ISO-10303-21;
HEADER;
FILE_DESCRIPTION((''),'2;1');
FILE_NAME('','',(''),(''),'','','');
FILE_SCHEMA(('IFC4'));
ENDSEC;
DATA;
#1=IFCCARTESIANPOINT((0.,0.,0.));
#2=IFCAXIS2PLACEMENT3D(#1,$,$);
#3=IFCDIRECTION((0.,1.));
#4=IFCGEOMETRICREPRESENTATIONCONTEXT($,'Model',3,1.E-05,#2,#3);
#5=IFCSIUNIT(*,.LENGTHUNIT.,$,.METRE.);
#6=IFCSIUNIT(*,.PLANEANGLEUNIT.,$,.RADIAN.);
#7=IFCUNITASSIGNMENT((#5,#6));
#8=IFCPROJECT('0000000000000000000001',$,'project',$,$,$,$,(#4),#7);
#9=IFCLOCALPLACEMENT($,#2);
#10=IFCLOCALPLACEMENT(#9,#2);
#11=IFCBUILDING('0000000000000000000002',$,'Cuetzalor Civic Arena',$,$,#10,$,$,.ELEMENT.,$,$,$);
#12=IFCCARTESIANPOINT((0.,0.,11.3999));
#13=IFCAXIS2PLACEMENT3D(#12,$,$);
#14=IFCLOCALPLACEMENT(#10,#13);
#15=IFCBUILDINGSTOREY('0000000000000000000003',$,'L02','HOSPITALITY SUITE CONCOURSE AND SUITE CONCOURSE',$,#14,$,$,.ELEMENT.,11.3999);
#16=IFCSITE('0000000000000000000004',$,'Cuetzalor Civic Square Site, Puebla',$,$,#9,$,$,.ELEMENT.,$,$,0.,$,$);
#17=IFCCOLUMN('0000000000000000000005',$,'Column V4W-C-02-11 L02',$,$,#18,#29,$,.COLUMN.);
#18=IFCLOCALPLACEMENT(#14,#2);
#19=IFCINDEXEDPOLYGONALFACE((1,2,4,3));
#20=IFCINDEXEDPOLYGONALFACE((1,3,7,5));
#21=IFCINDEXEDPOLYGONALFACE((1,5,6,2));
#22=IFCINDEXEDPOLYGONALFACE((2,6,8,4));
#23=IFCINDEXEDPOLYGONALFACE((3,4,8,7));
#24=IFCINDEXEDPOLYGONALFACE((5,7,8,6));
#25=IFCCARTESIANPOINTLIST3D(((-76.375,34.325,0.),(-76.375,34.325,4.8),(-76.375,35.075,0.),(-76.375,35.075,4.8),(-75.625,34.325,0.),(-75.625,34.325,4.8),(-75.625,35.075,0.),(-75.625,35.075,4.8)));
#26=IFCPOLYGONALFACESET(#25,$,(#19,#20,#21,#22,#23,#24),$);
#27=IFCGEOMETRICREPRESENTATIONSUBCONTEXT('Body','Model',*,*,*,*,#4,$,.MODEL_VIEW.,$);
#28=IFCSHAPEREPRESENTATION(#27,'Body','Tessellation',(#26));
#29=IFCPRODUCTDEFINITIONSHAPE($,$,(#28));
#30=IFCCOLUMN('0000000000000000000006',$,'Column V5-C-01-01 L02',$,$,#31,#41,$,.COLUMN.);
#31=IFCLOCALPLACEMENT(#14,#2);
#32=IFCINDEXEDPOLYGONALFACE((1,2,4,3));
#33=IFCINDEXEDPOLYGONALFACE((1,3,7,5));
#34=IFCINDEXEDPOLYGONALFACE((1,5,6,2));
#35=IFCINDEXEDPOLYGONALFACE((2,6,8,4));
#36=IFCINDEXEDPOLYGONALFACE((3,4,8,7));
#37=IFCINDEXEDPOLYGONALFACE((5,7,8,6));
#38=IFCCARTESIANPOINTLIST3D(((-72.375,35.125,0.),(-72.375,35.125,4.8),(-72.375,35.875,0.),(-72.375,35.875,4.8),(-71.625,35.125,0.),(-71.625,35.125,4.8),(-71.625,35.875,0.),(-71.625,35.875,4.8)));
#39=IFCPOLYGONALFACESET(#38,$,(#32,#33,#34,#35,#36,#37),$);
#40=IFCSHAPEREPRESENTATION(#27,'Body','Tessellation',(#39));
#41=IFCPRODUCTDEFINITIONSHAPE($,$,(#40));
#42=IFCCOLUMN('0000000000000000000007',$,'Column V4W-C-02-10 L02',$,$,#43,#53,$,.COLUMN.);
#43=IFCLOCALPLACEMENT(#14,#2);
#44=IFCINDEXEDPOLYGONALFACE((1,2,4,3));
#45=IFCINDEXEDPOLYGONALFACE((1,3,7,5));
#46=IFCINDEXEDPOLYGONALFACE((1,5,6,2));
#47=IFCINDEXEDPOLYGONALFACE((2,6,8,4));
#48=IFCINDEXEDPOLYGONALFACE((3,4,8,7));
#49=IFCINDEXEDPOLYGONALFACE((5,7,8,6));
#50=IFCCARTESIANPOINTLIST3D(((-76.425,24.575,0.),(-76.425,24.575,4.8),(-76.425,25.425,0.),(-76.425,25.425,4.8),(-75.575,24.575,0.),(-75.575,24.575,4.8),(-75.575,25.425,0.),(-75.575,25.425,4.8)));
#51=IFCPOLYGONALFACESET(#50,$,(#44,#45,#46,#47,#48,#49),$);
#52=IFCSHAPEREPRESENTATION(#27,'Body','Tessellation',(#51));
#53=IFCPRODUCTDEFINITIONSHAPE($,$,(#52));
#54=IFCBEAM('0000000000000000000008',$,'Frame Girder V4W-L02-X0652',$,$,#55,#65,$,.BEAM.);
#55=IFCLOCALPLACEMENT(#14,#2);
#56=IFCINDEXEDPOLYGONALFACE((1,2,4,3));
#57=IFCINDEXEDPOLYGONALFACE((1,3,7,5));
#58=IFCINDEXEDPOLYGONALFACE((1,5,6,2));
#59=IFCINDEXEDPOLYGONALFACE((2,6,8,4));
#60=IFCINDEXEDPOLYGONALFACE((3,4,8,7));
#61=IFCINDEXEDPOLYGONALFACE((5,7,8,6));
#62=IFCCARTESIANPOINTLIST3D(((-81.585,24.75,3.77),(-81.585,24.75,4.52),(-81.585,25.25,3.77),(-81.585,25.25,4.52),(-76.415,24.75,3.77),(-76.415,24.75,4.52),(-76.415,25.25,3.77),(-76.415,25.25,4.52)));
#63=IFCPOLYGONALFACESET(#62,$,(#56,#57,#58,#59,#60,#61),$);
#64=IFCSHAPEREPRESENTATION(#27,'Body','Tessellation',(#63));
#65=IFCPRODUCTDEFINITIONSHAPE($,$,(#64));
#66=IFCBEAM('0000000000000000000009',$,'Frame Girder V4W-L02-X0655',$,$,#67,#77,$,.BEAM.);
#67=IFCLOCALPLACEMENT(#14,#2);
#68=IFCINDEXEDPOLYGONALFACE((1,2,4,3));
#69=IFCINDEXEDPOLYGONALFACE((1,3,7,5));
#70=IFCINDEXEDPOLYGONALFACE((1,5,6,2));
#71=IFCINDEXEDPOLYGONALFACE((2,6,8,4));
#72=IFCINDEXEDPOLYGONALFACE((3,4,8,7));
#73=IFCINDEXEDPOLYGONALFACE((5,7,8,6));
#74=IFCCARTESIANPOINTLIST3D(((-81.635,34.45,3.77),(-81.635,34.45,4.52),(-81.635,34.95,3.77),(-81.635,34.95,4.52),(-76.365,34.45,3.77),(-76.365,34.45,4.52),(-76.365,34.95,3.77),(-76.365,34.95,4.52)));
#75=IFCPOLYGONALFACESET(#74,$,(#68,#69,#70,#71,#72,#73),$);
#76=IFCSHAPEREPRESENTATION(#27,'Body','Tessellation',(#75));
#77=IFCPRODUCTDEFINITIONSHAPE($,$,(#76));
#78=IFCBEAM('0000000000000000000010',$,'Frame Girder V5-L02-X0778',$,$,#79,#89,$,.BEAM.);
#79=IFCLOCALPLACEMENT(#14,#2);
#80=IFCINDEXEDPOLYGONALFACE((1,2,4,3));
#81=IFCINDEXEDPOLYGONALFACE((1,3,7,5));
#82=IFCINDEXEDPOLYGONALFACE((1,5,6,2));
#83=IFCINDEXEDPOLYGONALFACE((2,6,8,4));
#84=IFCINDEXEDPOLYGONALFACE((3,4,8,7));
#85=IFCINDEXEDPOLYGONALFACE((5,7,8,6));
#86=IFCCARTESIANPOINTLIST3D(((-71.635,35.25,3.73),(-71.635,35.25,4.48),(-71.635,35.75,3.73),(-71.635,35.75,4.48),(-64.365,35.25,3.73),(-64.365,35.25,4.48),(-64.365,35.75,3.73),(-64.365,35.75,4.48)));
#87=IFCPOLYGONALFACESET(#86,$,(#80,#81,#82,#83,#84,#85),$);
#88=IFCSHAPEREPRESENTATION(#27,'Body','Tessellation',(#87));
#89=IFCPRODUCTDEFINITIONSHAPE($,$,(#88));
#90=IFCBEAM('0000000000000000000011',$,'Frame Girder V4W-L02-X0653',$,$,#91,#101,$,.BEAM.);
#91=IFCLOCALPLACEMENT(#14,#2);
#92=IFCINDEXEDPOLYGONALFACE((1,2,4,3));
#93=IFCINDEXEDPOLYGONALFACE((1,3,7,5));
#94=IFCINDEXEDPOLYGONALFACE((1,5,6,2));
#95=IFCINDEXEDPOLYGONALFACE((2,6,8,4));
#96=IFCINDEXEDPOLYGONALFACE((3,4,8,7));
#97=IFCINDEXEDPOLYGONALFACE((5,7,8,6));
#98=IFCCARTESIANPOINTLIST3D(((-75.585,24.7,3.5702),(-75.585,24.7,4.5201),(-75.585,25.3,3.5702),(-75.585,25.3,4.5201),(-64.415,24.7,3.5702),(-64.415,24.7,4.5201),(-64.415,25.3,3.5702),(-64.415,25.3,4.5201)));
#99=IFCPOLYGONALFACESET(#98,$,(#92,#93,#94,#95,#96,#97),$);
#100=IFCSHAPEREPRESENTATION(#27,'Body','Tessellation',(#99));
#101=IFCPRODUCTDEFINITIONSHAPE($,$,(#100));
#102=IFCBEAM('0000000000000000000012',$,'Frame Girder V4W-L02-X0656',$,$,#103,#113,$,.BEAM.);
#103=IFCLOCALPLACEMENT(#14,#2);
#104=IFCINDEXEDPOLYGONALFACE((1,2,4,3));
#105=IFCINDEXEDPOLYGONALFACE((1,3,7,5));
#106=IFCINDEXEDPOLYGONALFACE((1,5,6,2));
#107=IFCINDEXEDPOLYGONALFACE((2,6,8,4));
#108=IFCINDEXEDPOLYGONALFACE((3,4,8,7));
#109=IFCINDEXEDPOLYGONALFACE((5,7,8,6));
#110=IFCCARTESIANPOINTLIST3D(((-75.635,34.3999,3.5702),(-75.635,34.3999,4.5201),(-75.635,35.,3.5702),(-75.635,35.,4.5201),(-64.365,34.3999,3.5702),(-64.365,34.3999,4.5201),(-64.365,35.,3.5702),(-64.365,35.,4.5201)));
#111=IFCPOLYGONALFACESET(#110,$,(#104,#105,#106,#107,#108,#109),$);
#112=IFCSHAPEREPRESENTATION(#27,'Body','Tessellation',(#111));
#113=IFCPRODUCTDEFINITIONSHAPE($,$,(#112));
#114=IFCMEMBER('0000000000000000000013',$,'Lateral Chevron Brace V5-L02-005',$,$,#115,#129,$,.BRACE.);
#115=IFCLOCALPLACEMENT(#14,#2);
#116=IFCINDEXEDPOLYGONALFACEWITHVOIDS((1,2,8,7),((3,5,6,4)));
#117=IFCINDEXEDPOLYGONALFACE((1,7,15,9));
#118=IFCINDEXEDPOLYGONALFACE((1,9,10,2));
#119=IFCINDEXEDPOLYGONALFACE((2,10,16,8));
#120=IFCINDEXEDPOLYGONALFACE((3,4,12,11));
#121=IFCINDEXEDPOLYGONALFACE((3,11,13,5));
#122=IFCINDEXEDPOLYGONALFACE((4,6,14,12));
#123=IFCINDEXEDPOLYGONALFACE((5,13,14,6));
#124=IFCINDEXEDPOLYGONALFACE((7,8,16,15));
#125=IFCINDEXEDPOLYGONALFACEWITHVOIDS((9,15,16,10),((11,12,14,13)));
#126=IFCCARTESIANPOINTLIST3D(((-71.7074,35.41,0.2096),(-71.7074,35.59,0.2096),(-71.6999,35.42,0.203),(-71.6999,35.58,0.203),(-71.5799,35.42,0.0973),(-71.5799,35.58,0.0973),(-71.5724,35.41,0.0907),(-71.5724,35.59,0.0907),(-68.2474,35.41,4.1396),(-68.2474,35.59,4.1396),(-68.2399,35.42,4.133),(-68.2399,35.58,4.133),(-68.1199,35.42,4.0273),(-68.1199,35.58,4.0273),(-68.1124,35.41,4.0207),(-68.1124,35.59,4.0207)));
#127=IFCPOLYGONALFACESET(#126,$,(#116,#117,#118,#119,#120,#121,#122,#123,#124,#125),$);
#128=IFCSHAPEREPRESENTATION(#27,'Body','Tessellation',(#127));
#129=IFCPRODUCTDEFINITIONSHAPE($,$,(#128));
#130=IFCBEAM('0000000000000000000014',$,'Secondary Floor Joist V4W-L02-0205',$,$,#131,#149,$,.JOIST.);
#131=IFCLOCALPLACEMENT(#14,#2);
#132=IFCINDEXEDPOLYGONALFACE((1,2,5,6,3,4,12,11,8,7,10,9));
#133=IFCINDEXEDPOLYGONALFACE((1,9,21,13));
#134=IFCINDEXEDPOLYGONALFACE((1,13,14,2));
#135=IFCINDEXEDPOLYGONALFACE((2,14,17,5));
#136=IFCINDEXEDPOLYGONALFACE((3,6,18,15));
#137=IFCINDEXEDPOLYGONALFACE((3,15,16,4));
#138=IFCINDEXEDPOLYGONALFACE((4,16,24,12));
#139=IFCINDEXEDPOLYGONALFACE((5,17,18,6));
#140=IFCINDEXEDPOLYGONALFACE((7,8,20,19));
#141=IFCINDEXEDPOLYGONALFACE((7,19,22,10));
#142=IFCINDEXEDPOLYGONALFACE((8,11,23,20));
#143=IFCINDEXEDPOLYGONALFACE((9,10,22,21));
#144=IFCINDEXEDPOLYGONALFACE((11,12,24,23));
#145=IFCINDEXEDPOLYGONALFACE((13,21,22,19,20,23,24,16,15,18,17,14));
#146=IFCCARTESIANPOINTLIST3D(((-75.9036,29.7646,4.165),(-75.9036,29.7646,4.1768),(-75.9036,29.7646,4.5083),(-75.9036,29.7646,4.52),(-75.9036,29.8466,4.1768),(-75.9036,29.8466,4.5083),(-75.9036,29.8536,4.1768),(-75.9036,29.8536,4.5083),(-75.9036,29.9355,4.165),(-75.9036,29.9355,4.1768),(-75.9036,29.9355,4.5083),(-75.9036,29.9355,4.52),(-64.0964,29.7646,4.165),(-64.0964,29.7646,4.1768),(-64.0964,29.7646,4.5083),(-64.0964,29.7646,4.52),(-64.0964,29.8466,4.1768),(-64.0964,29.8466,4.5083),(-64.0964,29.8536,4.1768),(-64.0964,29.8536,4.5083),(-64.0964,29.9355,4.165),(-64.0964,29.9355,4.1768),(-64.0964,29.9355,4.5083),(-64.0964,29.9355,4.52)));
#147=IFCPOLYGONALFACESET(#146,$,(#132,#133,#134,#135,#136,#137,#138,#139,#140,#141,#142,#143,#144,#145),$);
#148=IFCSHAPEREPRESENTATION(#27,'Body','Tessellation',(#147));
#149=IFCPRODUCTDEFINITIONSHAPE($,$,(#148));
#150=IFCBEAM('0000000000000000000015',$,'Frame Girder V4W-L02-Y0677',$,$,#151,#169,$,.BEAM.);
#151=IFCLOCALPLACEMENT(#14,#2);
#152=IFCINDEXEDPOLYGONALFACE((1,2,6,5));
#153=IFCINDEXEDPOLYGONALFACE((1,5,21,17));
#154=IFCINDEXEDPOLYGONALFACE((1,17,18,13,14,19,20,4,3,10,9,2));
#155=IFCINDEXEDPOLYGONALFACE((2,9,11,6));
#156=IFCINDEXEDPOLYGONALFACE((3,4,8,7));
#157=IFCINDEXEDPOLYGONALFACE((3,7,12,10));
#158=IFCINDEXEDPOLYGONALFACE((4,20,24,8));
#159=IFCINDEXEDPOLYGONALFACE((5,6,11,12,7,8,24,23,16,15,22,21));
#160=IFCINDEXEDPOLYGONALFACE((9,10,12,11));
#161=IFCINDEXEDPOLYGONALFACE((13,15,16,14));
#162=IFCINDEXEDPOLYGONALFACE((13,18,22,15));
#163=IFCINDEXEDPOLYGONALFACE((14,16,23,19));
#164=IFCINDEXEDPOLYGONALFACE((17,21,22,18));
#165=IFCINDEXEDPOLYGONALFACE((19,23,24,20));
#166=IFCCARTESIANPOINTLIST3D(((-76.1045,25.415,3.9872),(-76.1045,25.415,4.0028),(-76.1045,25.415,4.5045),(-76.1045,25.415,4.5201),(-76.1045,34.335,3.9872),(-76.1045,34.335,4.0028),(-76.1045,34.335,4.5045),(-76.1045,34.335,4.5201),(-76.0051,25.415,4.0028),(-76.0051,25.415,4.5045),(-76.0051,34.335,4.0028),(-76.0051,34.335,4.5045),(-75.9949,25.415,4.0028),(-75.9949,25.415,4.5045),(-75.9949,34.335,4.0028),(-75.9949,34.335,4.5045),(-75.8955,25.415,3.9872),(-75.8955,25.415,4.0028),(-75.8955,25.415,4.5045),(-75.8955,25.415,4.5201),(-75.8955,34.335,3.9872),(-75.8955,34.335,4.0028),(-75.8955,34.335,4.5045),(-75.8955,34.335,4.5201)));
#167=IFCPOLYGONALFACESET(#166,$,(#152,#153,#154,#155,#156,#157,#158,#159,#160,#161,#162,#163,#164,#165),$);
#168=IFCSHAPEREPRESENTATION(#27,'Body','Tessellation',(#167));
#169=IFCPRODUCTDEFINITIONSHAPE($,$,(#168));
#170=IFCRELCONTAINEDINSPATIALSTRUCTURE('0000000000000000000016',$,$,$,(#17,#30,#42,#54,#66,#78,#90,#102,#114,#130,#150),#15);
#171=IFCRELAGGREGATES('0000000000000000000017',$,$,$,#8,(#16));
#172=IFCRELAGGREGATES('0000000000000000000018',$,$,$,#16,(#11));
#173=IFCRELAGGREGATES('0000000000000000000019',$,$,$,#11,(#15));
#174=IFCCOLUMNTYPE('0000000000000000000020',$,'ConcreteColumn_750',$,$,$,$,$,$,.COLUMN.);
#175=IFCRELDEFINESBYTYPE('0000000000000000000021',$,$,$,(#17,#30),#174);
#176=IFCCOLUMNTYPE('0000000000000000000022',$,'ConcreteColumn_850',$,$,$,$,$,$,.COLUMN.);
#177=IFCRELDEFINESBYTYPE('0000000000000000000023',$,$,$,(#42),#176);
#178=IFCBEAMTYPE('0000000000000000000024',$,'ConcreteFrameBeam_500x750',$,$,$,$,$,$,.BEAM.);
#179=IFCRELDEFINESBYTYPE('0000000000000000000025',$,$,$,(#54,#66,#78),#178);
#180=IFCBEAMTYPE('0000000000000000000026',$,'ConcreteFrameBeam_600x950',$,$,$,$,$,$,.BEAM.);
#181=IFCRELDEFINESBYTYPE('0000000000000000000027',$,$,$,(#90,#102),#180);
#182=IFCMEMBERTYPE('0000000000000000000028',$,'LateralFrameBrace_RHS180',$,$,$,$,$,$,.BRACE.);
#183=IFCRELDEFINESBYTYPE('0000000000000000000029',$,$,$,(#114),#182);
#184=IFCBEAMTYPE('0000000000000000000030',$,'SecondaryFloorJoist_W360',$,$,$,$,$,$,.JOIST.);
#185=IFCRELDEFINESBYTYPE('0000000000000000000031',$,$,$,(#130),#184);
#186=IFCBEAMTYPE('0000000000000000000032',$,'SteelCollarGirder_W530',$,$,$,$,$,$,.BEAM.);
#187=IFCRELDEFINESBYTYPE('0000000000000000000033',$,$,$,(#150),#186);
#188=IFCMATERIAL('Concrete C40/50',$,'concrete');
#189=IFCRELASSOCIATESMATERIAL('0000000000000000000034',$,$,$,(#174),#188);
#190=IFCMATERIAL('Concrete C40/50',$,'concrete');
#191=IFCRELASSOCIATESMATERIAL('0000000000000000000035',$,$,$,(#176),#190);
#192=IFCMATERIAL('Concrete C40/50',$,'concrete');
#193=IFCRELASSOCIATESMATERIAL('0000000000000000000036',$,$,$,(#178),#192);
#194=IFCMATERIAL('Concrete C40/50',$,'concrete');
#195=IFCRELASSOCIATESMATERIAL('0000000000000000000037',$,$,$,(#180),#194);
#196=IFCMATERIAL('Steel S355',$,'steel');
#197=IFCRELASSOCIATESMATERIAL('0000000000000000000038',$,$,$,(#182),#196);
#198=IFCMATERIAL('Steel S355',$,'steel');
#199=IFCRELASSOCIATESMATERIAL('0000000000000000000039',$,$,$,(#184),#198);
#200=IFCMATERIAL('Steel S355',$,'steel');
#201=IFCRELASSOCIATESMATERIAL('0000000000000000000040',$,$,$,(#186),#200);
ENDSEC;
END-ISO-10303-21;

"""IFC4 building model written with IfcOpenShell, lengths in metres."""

from ifc_helpers import new_model, si_unit, direction, frame, origin, origin_2d, place, context, subcontext, project, spatial, rectangle, hollow_rectangle, i_section, extrude, material, material_profile, profile_set, type_object, element, save


model = new_model("IFC4")

# Units and contexts
model_context = context("Model", 3, precision=1e-05, world=origin(), true_north=direction((0.0, 1.0)))
body_context = subcontext(model_context, "Body", "Model", "MODEL_VIEW")
ifc_project = project(units=[si_unit("LENGTHUNIT", "METRE"), si_unit("PLANEANGLEUNIT", "RADIAN")], contexts=[model_context])

# Site, building, storey
site_placement = place(None, origin())
site = spatial("IfcSite", under=ifc_project, at=site_placement, Name="Cuetzalor Civic Square Site, Puebla", CompositionType="ELEMENT", RefElevation=0.0)
building_placement = place(site_placement, origin())
building = spatial("IfcBuilding", under=site, at=building_placement, Name="Cuetzalor Civic Arena", CompositionType="ELEMENT")
storey_placement = place(building_placement, frame((0.0, 0.0, 11.3999)))
storey = spatial("IfcBuildingStorey", under=building, at=storey_placement, Name="L02", Description="HOSPITALITY SUITE CONCOURSE AND SUITE CONCOURSE", CompositionType="ELEMENT", Elevation=11.3999)

# Columns
ifc_material_1 = material(Name="Concrete C40/50", Category="concrete")
ifc_material_profile_1 = material_profile(ifc_material_1, rectangle(XDim=0.75, YDim=0.75, at=origin_2d()), Name="RC 750x750")
ifc_profile_set_1 = profile_set([ifc_material_profile_1], Name="Concrete C40/50")
column_type_1 = type_object("IfcColumnType", Name="ConcreteColumn_750", PredefinedType="COLUMN", material=ifc_profile_set_1)
for number, where, z_axis, x_axis, name in (
    (1, (-76.0, 34.7, 0.0), (0.0, 0.0, 1.0), (1.0, 0.0, 0.0), "Column V4W-C-02-11 L02"),
    (2, (-72.0, 35.5, 0.0), (0.0, 0.0, 1.0), (1.0, 0.0, 0.0), "Column V5-C-01-01 L02"),
):
    element("IfcColumn", number, at=place(storey_placement, frame(where, z_axis=z_axis, x_axis=x_axis)), inside=storey, type_object=column_type_1, Name=name, PredefinedType="COLUMN", context=body_context, shape_type="SweptSolid", body=[
        extrude(rectangle(XDim=0.75, YDim=0.75, at=origin_2d()), origin(), (0.0, 0.0, 1.0), 4.8),
    ])
ifc_material_2 = material(Name="Concrete C40/50", Category="concrete")
ifc_material_profile_2 = material_profile(ifc_material_2, rectangle(XDim=0.8501, YDim=0.8501, at=origin_2d()), Name="RC 850x850")
ifc_profile_set_2 = profile_set([ifc_material_profile_2], Name="Concrete C40/50")
column_type_2 = type_object("IfcColumnType", Name="ConcreteColumn_850", PredefinedType="COLUMN", material=ifc_profile_set_2)
column_placement = place(storey_placement, frame((-76.0, 25.0, 0.0), z_axis=(0.0, 0.0, 1.0), x_axis=(1.0, 0.0, 0.0)))
element("IfcColumn", 3, at=column_placement, inside=storey, type_object=column_type_2, Name="Column V4W-C-02-10 L02", PredefinedType="COLUMN", context=body_context, shape_type="SweptSolid", body=[
    extrude(rectangle(XDim=0.8501, YDim=0.8501, at=origin_2d()), origin(), (0.0, 0.0, 1.0), 4.8),
])

# Beams
ifc_material_3 = material(Name="Concrete C40/50", Category="concrete")
ifc_material_profile_3 = material_profile(ifc_material_3, rectangle(XDim=0.5, YDim=0.75, at=origin_2d()), Name="RC 500x750")
ifc_profile_set_3 = profile_set([ifc_material_profile_3], Name="Concrete C40/50")
beam_type_1 = type_object("IfcBeamType", Name="ConcreteFrameBeam_500x750", PredefinedType="BEAM", material=ifc_profile_set_3)
beam_1_placement = place(storey_placement, frame((-81.585, 25.0, 4.145), z_axis=(1.0, 0.0, 0.0), x_axis=(0.0, 1.0, 0.0)))
element("IfcBeam", 4, at=beam_1_placement, inside=storey, type_object=beam_type_1, Name="Frame Girder V4W-L02-X0652", PredefinedType="BEAM", context=body_context, shape_type="SweptSolid", body=[
    extrude(rectangle(XDim=0.5, YDim=0.75, at=origin_2d()), origin(), (0.0, 0.0, 1.0), 5.1699),
])
beam_2_placement = place(storey_placement, frame((-81.635, 34.7, 4.145), z_axis=(1.0, 0.0, 0.0), x_axis=(0.0, 1.0, 0.0)))
element("IfcBeam", 5, at=beam_2_placement, inside=storey, type_object=beam_type_1, Name="Frame Girder V4W-L02-X0655", PredefinedType="BEAM", context=body_context, shape_type="SweptSolid", body=[
    extrude(rectangle(XDim=0.5, YDim=0.75, at=origin_2d()), origin(), (0.0, 0.0, 1.0), 5.27),
])
beam_3_placement = place(storey_placement, frame((-71.635, 35.5, 4.105), z_axis=(1.0, 0.0, 0.0), x_axis=(0.0, 1.0, 0.0)))
element("IfcBeam", 6, at=beam_3_placement, inside=storey, type_object=beam_type_1, Name="Frame Girder V5-L02-X0778", PredefinedType="BEAM", context=body_context, shape_type="SweptSolid", body=[
    extrude(rectangle(XDim=0.5, YDim=0.75, at=origin_2d()), origin(), (0.0, 0.0, 1.0), 7.27),
])
ifc_material_4 = material(Name="Concrete C40/50", Category="concrete")
ifc_material_profile_4 = material_profile(ifc_material_4, rectangle(XDim=0.6001, YDim=0.95, at=origin_2d()), Name="RC 600x950")
ifc_profile_set_4 = profile_set([ifc_material_profile_4], Name="Concrete C40/50")
beam_type_2 = type_object("IfcBeamType", Name="ConcreteFrameBeam_600x950", PredefinedType="BEAM", material=ifc_profile_set_4)
beam_4_placement = place(storey_placement, frame((-75.585, 25.0, 4.0452), z_axis=(1.0, 0.0, 0.0), x_axis=(0.0, 1.0, 0.0)))
element("IfcBeam", 7, at=beam_4_placement, inside=storey, type_object=beam_type_2, Name="Frame Girder V4W-L02-X0653", PredefinedType="BEAM", context=body_context, shape_type="SweptSolid", body=[
    extrude(rectangle(XDim=0.6001, YDim=0.95, at=origin_2d()), origin(), (0.0, 0.0, 1.0), 11.1699),
])
beam_5_placement = place(storey_placement, frame((-75.635, 34.7, 4.0452), z_axis=(1.0, 0.0, 0.0), x_axis=(0.0, 1.0, 0.0)))
element("IfcBeam", 8, at=beam_5_placement, inside=storey, type_object=beam_type_2, Name="Frame Girder V4W-L02-X0656", PredefinedType="BEAM", context=body_context, shape_type="SweptSolid", body=[
    extrude(rectangle(XDim=0.6001, YDim=0.95, at=origin_2d()), origin(), (0.0, 0.0, 1.0), 11.27),
])

# Member
ifc_material_5 = material(Name="Steel S355", Category="steel")
ifc_material_profile_5 = material_profile(ifc_material_5, hollow_rectangle(XDim=0.1799, YDim=0.1799, WallThickness=0.01, at=origin_2d()), Name="RHS 180x180x10")
ifc_profile_set_5 = profile_set([ifc_material_profile_5], Name="Steel S355")
member_type = type_object("IfcMemberType", Name="LateralFrameBrace_RHS180", PredefinedType="BRACE", material=ifc_profile_set_5)
member_placement = place(storey_placement, frame((-71.6399, 35.5, 0.1501), z_axis=(0.660802, 0.0, 0.75056), x_axis=(0.0, 1.0, 0.0)))
element("IfcMember", 9, at=member_placement, inside=storey, type_object=member_type, Name="Lateral Chevron Brace V5-L02-005", PredefinedType="BRACE", context=body_context, shape_type="SweptSolid", body=[
    extrude(hollow_rectangle(XDim=0.1799, YDim=0.1799, WallThickness=0.01, at=origin_2d()), origin(), (0.0, 0.0, 1.0), 5.2361),
])

# Beams
ifc_material_6 = material(Name="Steel S355", Category="steel")
ifc_material_profile_6 = material_profile(ifc_material_6, i_section(OverallWidth=0.1709, OverallDepth=0.355, WebThickness=0.0071, FlangeThickness=0.0117, at=origin_2d()), Name="W360x51")
ifc_profile_set_6 = profile_set([ifc_material_profile_6], Name="Steel S355")
beam_type_3 = type_object("IfcBeamType", Name="SecondaryFloorJoist_W360", PredefinedType="JOIST", material=ifc_profile_set_6)
beam_6_placement = place(storey_placement, frame((-75.9036, 29.8501, 4.3425), z_axis=(1.0, 0.0, 0.0), x_axis=(0.0, 1.0, 0.0)))
element("IfcBeam", 10, at=beam_6_placement, inside=storey, type_object=beam_type_3, Name="Secondary Floor Joist V4W-L02-0205", PredefinedType="JOIST", context=body_context, shape_type="SweptSolid", body=[
    extrude(i_section(OverallWidth=0.1709, OverallDepth=0.355, WebThickness=0.0071, FlangeThickness=0.0117, at=origin_2d()), origin(), (0.0, 0.0, 1.0), 11.8071),
])
ifc_material_7 = material(Name="Steel S355", Category="steel")
ifc_material_profile_7 = material_profile(ifc_material_7, i_section(OverallWidth=0.209, OverallDepth=0.533, WebThickness=0.0103, FlangeThickness=0.0156, at=origin_2d()), Name="W530x92")
ifc_profile_set_7 = profile_set([ifc_material_profile_7], Name="Steel S355")
beam_type_4 = type_object("IfcBeamType", Name="SteelCollarGirder_W530", PredefinedType="BEAM", material=ifc_profile_set_7)
beam_7_placement = place(storey_placement, frame((-76.0, 25.415, 4.2537), z_axis=(0.0, 1.0, 0.0), x_axis=(-1.0, 0.0, 0.0)))
element("IfcBeam", 11, at=beam_7_placement, inside=storey, type_object=beam_type_4, Name="Frame Girder V4W-L02-Y0677", PredefinedType="BEAM", context=body_context, shape_type="SweptSolid", body=[
    extrude(i_section(OverallWidth=0.209, OverallDepth=0.533, WebThickness=0.0103, FlangeThickness=0.0156, at=origin_2d()), origin(), (0.0, 0.0, 1.0), 8.9199),
])

save(model, "model.ifc")
